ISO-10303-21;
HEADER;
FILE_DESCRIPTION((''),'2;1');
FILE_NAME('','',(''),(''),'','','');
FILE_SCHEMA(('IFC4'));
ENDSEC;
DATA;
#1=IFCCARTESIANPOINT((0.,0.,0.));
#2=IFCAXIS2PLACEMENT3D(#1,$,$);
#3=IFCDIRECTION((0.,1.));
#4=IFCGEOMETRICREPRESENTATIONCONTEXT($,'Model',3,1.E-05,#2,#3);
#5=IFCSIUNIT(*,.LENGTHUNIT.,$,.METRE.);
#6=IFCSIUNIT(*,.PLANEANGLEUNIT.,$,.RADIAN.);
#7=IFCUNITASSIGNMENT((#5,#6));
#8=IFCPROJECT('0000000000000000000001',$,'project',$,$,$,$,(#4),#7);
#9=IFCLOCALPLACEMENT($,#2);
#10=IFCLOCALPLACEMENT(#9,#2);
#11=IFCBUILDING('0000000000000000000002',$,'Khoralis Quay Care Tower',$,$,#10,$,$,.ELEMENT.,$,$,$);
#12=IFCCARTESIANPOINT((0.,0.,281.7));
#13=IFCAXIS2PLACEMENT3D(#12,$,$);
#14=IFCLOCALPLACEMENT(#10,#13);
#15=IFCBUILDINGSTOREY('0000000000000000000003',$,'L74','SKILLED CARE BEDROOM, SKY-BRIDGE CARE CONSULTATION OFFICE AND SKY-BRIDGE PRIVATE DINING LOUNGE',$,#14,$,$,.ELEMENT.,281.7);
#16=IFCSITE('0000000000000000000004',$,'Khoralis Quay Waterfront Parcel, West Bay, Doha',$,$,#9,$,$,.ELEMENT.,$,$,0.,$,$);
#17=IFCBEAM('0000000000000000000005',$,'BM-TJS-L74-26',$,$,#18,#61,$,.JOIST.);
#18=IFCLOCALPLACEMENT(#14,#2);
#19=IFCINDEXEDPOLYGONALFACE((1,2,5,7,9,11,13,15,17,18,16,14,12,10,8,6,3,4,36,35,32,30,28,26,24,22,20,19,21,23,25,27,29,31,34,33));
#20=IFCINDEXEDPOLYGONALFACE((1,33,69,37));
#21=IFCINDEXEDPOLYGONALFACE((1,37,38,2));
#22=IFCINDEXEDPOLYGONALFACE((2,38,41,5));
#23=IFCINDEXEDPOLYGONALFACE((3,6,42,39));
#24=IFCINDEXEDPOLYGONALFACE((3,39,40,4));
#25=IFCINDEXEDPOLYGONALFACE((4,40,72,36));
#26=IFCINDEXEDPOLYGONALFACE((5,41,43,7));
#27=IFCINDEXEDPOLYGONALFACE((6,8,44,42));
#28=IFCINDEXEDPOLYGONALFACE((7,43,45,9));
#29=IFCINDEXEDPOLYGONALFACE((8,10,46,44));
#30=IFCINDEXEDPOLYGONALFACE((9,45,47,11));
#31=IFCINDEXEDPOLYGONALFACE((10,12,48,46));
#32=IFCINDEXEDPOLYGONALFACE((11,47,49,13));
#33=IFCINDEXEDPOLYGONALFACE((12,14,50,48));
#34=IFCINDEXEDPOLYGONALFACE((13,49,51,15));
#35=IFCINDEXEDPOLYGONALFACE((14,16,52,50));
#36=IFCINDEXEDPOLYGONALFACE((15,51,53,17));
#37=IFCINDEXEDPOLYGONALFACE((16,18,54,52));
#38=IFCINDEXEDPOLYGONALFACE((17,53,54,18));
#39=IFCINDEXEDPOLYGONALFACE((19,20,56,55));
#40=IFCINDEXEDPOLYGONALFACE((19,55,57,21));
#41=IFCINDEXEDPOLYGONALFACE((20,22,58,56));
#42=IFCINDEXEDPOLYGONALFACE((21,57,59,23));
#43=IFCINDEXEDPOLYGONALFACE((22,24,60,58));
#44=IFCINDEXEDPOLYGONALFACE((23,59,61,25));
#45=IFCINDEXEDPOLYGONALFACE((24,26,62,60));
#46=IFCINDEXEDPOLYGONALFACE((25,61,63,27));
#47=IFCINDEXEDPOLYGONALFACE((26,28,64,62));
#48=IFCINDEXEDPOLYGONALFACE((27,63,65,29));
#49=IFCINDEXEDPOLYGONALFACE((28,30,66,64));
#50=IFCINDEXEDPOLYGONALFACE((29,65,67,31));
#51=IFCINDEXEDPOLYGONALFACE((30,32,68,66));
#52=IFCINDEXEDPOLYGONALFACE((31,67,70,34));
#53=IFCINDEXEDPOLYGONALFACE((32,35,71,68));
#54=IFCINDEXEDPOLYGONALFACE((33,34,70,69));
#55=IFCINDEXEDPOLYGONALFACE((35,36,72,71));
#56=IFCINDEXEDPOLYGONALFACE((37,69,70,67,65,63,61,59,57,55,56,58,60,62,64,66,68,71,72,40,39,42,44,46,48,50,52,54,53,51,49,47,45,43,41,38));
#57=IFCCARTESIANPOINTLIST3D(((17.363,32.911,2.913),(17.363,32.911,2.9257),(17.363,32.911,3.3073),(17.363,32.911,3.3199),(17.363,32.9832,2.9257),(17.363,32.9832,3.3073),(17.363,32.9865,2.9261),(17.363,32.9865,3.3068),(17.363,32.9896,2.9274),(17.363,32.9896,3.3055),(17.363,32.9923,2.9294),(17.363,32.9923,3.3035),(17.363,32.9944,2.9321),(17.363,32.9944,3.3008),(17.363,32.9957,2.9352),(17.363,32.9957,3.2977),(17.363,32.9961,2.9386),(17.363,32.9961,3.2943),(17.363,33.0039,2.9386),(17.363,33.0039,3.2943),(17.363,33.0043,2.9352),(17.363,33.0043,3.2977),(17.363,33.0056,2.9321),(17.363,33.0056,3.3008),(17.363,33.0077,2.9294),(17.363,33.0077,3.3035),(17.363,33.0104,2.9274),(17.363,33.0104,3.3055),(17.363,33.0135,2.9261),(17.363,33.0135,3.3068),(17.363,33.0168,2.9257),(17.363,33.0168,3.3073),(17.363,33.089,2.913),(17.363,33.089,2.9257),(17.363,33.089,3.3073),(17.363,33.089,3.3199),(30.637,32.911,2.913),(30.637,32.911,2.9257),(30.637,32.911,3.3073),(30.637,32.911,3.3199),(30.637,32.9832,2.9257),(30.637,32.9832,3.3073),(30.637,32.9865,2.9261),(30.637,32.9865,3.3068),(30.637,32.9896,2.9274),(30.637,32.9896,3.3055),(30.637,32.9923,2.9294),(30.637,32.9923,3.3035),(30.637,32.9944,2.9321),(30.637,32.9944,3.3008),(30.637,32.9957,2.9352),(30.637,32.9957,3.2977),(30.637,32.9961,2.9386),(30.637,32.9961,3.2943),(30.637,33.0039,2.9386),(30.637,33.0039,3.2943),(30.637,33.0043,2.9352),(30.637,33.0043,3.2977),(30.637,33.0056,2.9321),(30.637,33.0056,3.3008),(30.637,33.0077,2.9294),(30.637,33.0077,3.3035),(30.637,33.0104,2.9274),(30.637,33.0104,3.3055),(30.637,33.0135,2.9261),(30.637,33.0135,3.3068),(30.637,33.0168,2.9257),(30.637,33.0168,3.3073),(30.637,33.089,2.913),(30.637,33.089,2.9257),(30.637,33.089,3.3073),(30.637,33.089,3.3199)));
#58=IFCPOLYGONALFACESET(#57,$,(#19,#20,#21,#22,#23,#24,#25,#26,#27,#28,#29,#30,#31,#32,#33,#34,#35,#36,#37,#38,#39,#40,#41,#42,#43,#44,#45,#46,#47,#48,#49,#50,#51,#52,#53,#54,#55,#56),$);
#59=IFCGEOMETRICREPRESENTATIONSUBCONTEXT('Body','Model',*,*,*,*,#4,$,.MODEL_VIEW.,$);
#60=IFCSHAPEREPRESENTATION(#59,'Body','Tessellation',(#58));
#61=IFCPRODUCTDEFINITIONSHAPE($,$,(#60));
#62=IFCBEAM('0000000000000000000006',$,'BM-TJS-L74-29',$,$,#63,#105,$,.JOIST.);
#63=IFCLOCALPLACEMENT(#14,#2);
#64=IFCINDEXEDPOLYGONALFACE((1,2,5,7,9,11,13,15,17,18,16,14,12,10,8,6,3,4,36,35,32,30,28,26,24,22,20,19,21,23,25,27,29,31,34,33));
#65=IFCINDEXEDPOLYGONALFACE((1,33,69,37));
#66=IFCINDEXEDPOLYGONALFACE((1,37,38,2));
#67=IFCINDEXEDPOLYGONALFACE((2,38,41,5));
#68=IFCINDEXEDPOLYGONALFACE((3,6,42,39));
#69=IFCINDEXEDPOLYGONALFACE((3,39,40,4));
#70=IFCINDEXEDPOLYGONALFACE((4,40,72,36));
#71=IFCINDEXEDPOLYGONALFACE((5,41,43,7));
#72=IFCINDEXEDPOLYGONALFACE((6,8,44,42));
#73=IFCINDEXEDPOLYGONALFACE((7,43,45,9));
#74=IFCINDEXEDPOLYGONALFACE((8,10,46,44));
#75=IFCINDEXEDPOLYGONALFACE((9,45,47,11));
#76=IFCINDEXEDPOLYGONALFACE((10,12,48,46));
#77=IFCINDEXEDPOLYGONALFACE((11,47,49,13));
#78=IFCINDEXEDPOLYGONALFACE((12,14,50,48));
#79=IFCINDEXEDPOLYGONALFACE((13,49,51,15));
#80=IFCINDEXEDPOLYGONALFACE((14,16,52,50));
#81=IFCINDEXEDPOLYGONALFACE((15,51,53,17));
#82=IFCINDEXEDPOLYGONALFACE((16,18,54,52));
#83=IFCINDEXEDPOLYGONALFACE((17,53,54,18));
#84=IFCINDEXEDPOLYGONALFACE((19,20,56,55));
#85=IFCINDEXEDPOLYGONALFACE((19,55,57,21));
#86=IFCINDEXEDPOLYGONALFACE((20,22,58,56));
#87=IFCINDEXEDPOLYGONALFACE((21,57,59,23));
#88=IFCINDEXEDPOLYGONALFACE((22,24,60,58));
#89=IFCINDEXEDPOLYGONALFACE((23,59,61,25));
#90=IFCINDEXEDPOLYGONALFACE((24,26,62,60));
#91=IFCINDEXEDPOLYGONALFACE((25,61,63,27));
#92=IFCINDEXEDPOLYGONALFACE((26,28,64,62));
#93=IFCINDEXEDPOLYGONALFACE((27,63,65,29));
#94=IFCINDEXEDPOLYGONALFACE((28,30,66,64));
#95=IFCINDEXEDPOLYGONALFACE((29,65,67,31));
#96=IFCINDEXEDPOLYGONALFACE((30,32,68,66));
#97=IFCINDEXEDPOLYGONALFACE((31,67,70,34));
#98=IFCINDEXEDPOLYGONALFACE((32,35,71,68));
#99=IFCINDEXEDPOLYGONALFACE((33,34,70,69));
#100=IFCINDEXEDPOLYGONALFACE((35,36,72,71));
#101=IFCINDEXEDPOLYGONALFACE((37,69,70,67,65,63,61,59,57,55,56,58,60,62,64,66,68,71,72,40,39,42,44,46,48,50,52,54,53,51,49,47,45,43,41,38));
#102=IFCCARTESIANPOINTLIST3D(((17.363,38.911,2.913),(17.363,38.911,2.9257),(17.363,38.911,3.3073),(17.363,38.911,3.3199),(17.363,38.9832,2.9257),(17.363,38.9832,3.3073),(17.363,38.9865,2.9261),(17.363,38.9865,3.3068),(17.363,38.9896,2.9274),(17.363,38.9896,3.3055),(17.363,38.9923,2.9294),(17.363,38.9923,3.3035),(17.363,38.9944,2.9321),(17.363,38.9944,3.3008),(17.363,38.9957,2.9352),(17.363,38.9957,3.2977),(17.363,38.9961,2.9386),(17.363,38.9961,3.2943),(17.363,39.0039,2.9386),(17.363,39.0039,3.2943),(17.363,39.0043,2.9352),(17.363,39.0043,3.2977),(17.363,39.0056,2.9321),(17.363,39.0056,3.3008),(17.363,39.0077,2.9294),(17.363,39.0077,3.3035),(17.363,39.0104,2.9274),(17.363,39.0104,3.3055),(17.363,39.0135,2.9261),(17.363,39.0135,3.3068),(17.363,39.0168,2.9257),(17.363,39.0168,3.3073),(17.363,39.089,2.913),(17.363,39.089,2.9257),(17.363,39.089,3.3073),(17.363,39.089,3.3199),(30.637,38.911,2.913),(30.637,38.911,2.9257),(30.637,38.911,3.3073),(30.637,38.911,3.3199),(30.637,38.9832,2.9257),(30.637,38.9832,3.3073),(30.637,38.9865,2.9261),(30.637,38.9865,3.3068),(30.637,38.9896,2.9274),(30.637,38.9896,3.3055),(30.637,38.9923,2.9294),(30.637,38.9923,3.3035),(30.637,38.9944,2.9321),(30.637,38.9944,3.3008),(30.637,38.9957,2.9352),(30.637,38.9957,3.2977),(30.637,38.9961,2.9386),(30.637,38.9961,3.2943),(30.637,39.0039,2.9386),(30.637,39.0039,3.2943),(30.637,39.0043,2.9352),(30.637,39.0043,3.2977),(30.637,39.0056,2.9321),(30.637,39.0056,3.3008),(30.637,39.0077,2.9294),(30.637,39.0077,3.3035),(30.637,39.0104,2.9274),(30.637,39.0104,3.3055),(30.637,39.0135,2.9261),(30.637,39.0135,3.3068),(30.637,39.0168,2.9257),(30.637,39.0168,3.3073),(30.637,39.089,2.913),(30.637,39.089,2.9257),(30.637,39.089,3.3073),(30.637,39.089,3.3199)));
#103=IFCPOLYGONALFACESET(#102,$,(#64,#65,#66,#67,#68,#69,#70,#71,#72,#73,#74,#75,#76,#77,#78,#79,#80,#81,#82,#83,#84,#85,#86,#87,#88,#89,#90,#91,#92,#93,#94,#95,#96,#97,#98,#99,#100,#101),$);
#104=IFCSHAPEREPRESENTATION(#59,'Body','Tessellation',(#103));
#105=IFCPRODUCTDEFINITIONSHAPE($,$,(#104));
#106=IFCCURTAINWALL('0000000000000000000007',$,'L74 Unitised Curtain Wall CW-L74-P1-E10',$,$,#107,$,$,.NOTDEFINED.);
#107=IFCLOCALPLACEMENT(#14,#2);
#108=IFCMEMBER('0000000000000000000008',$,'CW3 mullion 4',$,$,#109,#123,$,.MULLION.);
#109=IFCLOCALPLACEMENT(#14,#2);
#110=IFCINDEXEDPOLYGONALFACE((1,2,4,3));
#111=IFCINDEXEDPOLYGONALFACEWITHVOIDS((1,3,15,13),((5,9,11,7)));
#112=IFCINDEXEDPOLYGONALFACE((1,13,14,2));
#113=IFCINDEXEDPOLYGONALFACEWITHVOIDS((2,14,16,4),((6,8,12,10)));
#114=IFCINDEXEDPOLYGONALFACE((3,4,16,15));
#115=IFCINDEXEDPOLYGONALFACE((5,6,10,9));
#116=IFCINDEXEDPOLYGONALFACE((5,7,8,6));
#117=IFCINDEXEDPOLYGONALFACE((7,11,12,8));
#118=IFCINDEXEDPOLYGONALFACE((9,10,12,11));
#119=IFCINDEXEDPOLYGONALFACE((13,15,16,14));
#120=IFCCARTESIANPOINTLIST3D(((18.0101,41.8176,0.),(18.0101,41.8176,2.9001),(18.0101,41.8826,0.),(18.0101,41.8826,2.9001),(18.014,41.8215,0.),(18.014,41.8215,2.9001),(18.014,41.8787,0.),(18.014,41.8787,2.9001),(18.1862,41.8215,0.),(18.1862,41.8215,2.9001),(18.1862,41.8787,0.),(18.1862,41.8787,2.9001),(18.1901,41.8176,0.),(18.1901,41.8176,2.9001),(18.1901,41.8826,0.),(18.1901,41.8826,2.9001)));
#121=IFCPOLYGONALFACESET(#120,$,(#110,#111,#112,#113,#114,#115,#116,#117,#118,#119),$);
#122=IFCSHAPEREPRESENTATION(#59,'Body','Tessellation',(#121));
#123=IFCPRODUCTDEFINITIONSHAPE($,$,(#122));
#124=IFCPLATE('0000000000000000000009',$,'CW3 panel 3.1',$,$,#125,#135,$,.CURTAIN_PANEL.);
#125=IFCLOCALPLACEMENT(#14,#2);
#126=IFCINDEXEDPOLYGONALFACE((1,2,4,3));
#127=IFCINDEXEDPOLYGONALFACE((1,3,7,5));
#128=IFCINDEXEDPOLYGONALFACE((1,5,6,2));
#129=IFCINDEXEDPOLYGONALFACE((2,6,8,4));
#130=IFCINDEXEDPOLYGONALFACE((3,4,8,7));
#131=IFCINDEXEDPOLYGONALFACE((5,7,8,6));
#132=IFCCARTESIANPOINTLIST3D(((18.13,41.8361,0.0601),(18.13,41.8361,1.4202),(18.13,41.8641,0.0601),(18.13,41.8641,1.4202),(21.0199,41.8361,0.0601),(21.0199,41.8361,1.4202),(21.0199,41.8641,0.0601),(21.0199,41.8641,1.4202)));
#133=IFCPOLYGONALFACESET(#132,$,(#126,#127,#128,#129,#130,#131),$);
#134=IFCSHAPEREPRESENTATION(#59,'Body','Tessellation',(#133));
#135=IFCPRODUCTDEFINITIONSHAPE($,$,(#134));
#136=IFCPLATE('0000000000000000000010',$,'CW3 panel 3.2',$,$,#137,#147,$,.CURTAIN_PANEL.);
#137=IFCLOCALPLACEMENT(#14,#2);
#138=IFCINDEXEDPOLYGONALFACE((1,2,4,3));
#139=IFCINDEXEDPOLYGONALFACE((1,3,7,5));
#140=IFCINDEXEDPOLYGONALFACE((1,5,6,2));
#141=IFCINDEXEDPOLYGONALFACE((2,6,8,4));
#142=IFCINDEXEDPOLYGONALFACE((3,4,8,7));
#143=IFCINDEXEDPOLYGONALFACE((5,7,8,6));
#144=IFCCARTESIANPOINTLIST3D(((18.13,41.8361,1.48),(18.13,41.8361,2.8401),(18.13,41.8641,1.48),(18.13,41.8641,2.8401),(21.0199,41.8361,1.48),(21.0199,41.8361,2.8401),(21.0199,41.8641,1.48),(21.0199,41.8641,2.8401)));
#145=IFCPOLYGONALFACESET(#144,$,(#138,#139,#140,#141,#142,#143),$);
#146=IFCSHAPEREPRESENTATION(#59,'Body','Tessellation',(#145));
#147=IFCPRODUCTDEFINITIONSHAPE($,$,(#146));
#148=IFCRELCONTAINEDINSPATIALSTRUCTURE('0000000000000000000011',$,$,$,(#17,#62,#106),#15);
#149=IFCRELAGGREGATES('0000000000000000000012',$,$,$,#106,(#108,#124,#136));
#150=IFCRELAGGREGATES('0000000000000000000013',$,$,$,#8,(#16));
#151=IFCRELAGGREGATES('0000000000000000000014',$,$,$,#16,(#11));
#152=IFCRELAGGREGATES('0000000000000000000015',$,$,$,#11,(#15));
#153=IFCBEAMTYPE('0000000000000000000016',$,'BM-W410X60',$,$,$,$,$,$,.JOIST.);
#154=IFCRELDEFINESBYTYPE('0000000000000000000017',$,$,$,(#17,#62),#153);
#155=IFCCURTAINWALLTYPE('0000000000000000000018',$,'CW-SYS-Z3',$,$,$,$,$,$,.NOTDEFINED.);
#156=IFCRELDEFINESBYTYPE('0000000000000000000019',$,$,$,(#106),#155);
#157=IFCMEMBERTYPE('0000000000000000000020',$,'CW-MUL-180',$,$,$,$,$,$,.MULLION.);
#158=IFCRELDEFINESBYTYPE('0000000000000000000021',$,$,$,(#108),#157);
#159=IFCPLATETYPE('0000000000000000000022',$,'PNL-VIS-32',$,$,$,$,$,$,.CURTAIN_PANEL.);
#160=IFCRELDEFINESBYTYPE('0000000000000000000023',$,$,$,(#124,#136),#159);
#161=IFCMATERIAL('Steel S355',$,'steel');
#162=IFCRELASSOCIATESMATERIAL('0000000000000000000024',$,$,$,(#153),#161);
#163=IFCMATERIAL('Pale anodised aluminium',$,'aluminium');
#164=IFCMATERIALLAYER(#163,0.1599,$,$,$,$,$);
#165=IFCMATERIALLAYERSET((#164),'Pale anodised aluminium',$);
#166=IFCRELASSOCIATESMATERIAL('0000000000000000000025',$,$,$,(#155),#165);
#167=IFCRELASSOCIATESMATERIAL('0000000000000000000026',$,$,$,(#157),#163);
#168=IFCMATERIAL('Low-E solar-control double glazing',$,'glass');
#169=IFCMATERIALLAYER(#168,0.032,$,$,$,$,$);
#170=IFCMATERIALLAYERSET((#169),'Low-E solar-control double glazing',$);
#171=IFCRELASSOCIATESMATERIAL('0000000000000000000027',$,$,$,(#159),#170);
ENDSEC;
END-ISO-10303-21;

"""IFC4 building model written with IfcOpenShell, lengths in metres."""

from ifc_helpers import new_model, si_unit, direction, frame, origin, origin_2d, place, context, subcontext, project, spatial, rectangle, hollow_rectangle, i_section, extrude, source, transform, mapped, material, layer, layer_set, material_profile, profile_set, type_object, element, aggregate, save


model = new_model("IFC4")

# Units and contexts
model_context = context("Model", 3, precision=1e-05, world=origin(), true_north=direction((0.0, 1.0)))
body_context = subcontext(model_context, "Body", "Model", "MODEL_VIEW")
ifc_project = project(units=[si_unit("LENGTHUNIT", "METRE"), si_unit("PLANEANGLEUNIT", "RADIAN")], contexts=[model_context])

# Site, building, storey
site_placement = place(None, origin())
site = spatial("IfcSite", under=ifc_project, at=site_placement, Name="Khoralis Quay Waterfront Parcel, West Bay, Doha", CompositionType="ELEMENT", RefElevation=0.0)
building_placement = place(site_placement, origin())
building = spatial("IfcBuilding", under=site, at=building_placement, Name="Khoralis Quay Care Tower", CompositionType="ELEMENT")
storey_placement = place(building_placement, frame((0.0, 0.0, 281.7)))
storey = spatial("IfcBuildingStorey", under=building, at=storey_placement, Name="L74", Description="SKILLED CARE BEDROOM, SKY-BRIDGE CARE CONSULTATION OFFICE AND SKY-BRIDGE PRIVATE DINING LOUNGE", CompositionType="ELEMENT", Elevation=281.7)

# Beams
ifc_material_1 = material(Name="Steel S355", Category="steel")
ifc_material_profile_1 = material_profile(ifc_material_1, i_section(OverallWidth=0.178, OverallDepth=0.407, WebThickness=0.0078, FlangeThickness=0.0127, FilletRadius=0.0129, at=origin_2d()), Name="Steel S355")
ifc_profile_set_1 = profile_set([ifc_material_profile_1], Name="Steel S355")
beam_type_1 = type_object("IfcBeamType", Name="BM-W410X60", PredefinedType="JOIST", material=ifc_profile_set_1)
shared_shape_1 = source(origin(), body_context, "Body", "SweptSolid", [
    extrude(i_section(OverallWidth=0.178, OverallDepth=0.407, WebThickness=0.0078, FlangeThickness=0.0127, FilletRadius=0.0129, at=origin_2d()), origin(), (0.0, 0.0, 1.0), 13.2739),
])
for number, where, z_axis, x_axis, name in (
    (1, (17.363, 33.0, 3.1165), (1.0, 0.0, 0.0), (0.0, 1.0, 0.0), "BM-TJS-L74-26"),
    (2, (17.363, 39.0, 3.1165), (1.0, 0.0, 0.0), (0.0, 1.0, 0.0), "BM-TJS-L74-29"),
):
    element("IfcBeam", number, at=place(storey_placement, frame(where, z_axis=z_axis, x_axis=x_axis)), inside=storey, type_object=beam_type_1, Name=name, PredefinedType="JOIST", context=body_context, shape_type="MappedRepresentation", body=[
        mapped(shared_shape_1, transform((0.0, 0.0, 0.0), scale=1.0)),
    ])

# Curtain wall, member, plates
ifc_material_2 = material(Name="Pale anodised aluminium", Category="aluminium")
ifc_layer_1 = layer(ifc_material_2, 0.1599)
ifc_layer_set_1 = layer_set([ifc_layer_1], Name="Pale anodised aluminium")
curtain_wall_type = type_object("IfcCurtainWallType", Name="CW-SYS-Z3", PredefinedType="NOTDEFINED", material=ifc_layer_set_1)
curtain_wall_placement = place(storey_placement, origin())
curtain_wall = element("IfcCurtainWall", 3, at=curtain_wall_placement, inside=storey, type_object=curtain_wall_type, Name="L74 Unitised Curtain Wall CW-L74-P1-E10", PredefinedType="NOTDEFINED")
ifc_material_profile_2 = material_profile(ifc_material_2, hollow_rectangle(XDim=0.0649, YDim=0.1799, WallThickness=0.0039, at=origin_2d()), Name="Pale anodised aluminium")
ifc_profile_set_2 = profile_set([ifc_material_profile_2], Name="Pale anodised aluminium")
member_type = type_object("IfcMemberType", Name="CW-MUL-180", PredefinedType="MULLION", material=ifc_profile_set_2)
shared_shape_2 = source(origin(), body_context, "Body", "SweptSolid", [
    extrude(hollow_rectangle(XDim=0.0649, YDim=0.1799, WallThickness=0.0039, at=origin_2d()), origin(), (0.0, 0.0, 1.0), 2.9001),
])
member_placement = place(storey_placement, frame((18.1001, 41.8501, 0.0), z_axis=(0.0, 0.0, 1.0), x_axis=(0.0, -1.0, 0.0)))
member = element("IfcMember", 4, at=member_placement, type_object=member_type, Name="CW3 mullion 4", PredefinedType="MULLION", context=body_context, shape_type="MappedRepresentation", body=[
    mapped(shared_shape_2, transform((0.0, 0.0, 0.0), scale=1.0)),
])
ifc_material_3 = material(Name="Low-E solar-control double glazing", Category="glass")
ifc_layer_2 = layer(ifc_material_3, 0.032)
ifc_layer_set_2 = layer_set([ifc_layer_2], Name="Low-E solar-control double glazing")
plate_type = type_object("IfcPlateType", Name="PNL-VIS-32", PredefinedType="CURTAIN_PANEL", material=ifc_layer_set_2)
shared_shape_3 = source(origin(), body_context, "Body", "SweptSolid", [
    extrude(rectangle(XDim=2.8899, YDim=0.0281, at=origin_2d()), origin(), (0.0, 0.0, 1.0), 1.3601),
])
plate_1_placement = place(storey_placement, frame((19.575, 41.8501, 0.0601), z_axis=(0.0, 0.0, 1.0), x_axis=(-1.0, 0.0, 0.0)))
plate_1 = element("IfcPlate", 5, at=plate_1_placement, type_object=plate_type, Name="CW3 panel 3.1", PredefinedType="CURTAIN_PANEL", context=body_context, shape_type="MappedRepresentation", body=[
    mapped(shared_shape_3, transform((0.0, 0.0, 0.0), scale=1.0)),
])
plate_2_placement = place(storey_placement, frame((19.575, 41.8501, 1.48), z_axis=(0.0, 0.0, 1.0), x_axis=(-1.0, 0.0, 0.0)))
plate_2 = element("IfcPlate", 6, at=plate_2_placement, type_object=plate_type, Name="CW3 panel 3.2", PredefinedType="CURTAIN_PANEL", context=body_context, shape_type="MappedRepresentation", body=[
    mapped(shared_shape_3, transform((0.0, 0.0, 0.0), scale=1.0)),
])
aggregate(curtain_wall, [member, plate_1, plate_2])

save(model, "model.ifc")
